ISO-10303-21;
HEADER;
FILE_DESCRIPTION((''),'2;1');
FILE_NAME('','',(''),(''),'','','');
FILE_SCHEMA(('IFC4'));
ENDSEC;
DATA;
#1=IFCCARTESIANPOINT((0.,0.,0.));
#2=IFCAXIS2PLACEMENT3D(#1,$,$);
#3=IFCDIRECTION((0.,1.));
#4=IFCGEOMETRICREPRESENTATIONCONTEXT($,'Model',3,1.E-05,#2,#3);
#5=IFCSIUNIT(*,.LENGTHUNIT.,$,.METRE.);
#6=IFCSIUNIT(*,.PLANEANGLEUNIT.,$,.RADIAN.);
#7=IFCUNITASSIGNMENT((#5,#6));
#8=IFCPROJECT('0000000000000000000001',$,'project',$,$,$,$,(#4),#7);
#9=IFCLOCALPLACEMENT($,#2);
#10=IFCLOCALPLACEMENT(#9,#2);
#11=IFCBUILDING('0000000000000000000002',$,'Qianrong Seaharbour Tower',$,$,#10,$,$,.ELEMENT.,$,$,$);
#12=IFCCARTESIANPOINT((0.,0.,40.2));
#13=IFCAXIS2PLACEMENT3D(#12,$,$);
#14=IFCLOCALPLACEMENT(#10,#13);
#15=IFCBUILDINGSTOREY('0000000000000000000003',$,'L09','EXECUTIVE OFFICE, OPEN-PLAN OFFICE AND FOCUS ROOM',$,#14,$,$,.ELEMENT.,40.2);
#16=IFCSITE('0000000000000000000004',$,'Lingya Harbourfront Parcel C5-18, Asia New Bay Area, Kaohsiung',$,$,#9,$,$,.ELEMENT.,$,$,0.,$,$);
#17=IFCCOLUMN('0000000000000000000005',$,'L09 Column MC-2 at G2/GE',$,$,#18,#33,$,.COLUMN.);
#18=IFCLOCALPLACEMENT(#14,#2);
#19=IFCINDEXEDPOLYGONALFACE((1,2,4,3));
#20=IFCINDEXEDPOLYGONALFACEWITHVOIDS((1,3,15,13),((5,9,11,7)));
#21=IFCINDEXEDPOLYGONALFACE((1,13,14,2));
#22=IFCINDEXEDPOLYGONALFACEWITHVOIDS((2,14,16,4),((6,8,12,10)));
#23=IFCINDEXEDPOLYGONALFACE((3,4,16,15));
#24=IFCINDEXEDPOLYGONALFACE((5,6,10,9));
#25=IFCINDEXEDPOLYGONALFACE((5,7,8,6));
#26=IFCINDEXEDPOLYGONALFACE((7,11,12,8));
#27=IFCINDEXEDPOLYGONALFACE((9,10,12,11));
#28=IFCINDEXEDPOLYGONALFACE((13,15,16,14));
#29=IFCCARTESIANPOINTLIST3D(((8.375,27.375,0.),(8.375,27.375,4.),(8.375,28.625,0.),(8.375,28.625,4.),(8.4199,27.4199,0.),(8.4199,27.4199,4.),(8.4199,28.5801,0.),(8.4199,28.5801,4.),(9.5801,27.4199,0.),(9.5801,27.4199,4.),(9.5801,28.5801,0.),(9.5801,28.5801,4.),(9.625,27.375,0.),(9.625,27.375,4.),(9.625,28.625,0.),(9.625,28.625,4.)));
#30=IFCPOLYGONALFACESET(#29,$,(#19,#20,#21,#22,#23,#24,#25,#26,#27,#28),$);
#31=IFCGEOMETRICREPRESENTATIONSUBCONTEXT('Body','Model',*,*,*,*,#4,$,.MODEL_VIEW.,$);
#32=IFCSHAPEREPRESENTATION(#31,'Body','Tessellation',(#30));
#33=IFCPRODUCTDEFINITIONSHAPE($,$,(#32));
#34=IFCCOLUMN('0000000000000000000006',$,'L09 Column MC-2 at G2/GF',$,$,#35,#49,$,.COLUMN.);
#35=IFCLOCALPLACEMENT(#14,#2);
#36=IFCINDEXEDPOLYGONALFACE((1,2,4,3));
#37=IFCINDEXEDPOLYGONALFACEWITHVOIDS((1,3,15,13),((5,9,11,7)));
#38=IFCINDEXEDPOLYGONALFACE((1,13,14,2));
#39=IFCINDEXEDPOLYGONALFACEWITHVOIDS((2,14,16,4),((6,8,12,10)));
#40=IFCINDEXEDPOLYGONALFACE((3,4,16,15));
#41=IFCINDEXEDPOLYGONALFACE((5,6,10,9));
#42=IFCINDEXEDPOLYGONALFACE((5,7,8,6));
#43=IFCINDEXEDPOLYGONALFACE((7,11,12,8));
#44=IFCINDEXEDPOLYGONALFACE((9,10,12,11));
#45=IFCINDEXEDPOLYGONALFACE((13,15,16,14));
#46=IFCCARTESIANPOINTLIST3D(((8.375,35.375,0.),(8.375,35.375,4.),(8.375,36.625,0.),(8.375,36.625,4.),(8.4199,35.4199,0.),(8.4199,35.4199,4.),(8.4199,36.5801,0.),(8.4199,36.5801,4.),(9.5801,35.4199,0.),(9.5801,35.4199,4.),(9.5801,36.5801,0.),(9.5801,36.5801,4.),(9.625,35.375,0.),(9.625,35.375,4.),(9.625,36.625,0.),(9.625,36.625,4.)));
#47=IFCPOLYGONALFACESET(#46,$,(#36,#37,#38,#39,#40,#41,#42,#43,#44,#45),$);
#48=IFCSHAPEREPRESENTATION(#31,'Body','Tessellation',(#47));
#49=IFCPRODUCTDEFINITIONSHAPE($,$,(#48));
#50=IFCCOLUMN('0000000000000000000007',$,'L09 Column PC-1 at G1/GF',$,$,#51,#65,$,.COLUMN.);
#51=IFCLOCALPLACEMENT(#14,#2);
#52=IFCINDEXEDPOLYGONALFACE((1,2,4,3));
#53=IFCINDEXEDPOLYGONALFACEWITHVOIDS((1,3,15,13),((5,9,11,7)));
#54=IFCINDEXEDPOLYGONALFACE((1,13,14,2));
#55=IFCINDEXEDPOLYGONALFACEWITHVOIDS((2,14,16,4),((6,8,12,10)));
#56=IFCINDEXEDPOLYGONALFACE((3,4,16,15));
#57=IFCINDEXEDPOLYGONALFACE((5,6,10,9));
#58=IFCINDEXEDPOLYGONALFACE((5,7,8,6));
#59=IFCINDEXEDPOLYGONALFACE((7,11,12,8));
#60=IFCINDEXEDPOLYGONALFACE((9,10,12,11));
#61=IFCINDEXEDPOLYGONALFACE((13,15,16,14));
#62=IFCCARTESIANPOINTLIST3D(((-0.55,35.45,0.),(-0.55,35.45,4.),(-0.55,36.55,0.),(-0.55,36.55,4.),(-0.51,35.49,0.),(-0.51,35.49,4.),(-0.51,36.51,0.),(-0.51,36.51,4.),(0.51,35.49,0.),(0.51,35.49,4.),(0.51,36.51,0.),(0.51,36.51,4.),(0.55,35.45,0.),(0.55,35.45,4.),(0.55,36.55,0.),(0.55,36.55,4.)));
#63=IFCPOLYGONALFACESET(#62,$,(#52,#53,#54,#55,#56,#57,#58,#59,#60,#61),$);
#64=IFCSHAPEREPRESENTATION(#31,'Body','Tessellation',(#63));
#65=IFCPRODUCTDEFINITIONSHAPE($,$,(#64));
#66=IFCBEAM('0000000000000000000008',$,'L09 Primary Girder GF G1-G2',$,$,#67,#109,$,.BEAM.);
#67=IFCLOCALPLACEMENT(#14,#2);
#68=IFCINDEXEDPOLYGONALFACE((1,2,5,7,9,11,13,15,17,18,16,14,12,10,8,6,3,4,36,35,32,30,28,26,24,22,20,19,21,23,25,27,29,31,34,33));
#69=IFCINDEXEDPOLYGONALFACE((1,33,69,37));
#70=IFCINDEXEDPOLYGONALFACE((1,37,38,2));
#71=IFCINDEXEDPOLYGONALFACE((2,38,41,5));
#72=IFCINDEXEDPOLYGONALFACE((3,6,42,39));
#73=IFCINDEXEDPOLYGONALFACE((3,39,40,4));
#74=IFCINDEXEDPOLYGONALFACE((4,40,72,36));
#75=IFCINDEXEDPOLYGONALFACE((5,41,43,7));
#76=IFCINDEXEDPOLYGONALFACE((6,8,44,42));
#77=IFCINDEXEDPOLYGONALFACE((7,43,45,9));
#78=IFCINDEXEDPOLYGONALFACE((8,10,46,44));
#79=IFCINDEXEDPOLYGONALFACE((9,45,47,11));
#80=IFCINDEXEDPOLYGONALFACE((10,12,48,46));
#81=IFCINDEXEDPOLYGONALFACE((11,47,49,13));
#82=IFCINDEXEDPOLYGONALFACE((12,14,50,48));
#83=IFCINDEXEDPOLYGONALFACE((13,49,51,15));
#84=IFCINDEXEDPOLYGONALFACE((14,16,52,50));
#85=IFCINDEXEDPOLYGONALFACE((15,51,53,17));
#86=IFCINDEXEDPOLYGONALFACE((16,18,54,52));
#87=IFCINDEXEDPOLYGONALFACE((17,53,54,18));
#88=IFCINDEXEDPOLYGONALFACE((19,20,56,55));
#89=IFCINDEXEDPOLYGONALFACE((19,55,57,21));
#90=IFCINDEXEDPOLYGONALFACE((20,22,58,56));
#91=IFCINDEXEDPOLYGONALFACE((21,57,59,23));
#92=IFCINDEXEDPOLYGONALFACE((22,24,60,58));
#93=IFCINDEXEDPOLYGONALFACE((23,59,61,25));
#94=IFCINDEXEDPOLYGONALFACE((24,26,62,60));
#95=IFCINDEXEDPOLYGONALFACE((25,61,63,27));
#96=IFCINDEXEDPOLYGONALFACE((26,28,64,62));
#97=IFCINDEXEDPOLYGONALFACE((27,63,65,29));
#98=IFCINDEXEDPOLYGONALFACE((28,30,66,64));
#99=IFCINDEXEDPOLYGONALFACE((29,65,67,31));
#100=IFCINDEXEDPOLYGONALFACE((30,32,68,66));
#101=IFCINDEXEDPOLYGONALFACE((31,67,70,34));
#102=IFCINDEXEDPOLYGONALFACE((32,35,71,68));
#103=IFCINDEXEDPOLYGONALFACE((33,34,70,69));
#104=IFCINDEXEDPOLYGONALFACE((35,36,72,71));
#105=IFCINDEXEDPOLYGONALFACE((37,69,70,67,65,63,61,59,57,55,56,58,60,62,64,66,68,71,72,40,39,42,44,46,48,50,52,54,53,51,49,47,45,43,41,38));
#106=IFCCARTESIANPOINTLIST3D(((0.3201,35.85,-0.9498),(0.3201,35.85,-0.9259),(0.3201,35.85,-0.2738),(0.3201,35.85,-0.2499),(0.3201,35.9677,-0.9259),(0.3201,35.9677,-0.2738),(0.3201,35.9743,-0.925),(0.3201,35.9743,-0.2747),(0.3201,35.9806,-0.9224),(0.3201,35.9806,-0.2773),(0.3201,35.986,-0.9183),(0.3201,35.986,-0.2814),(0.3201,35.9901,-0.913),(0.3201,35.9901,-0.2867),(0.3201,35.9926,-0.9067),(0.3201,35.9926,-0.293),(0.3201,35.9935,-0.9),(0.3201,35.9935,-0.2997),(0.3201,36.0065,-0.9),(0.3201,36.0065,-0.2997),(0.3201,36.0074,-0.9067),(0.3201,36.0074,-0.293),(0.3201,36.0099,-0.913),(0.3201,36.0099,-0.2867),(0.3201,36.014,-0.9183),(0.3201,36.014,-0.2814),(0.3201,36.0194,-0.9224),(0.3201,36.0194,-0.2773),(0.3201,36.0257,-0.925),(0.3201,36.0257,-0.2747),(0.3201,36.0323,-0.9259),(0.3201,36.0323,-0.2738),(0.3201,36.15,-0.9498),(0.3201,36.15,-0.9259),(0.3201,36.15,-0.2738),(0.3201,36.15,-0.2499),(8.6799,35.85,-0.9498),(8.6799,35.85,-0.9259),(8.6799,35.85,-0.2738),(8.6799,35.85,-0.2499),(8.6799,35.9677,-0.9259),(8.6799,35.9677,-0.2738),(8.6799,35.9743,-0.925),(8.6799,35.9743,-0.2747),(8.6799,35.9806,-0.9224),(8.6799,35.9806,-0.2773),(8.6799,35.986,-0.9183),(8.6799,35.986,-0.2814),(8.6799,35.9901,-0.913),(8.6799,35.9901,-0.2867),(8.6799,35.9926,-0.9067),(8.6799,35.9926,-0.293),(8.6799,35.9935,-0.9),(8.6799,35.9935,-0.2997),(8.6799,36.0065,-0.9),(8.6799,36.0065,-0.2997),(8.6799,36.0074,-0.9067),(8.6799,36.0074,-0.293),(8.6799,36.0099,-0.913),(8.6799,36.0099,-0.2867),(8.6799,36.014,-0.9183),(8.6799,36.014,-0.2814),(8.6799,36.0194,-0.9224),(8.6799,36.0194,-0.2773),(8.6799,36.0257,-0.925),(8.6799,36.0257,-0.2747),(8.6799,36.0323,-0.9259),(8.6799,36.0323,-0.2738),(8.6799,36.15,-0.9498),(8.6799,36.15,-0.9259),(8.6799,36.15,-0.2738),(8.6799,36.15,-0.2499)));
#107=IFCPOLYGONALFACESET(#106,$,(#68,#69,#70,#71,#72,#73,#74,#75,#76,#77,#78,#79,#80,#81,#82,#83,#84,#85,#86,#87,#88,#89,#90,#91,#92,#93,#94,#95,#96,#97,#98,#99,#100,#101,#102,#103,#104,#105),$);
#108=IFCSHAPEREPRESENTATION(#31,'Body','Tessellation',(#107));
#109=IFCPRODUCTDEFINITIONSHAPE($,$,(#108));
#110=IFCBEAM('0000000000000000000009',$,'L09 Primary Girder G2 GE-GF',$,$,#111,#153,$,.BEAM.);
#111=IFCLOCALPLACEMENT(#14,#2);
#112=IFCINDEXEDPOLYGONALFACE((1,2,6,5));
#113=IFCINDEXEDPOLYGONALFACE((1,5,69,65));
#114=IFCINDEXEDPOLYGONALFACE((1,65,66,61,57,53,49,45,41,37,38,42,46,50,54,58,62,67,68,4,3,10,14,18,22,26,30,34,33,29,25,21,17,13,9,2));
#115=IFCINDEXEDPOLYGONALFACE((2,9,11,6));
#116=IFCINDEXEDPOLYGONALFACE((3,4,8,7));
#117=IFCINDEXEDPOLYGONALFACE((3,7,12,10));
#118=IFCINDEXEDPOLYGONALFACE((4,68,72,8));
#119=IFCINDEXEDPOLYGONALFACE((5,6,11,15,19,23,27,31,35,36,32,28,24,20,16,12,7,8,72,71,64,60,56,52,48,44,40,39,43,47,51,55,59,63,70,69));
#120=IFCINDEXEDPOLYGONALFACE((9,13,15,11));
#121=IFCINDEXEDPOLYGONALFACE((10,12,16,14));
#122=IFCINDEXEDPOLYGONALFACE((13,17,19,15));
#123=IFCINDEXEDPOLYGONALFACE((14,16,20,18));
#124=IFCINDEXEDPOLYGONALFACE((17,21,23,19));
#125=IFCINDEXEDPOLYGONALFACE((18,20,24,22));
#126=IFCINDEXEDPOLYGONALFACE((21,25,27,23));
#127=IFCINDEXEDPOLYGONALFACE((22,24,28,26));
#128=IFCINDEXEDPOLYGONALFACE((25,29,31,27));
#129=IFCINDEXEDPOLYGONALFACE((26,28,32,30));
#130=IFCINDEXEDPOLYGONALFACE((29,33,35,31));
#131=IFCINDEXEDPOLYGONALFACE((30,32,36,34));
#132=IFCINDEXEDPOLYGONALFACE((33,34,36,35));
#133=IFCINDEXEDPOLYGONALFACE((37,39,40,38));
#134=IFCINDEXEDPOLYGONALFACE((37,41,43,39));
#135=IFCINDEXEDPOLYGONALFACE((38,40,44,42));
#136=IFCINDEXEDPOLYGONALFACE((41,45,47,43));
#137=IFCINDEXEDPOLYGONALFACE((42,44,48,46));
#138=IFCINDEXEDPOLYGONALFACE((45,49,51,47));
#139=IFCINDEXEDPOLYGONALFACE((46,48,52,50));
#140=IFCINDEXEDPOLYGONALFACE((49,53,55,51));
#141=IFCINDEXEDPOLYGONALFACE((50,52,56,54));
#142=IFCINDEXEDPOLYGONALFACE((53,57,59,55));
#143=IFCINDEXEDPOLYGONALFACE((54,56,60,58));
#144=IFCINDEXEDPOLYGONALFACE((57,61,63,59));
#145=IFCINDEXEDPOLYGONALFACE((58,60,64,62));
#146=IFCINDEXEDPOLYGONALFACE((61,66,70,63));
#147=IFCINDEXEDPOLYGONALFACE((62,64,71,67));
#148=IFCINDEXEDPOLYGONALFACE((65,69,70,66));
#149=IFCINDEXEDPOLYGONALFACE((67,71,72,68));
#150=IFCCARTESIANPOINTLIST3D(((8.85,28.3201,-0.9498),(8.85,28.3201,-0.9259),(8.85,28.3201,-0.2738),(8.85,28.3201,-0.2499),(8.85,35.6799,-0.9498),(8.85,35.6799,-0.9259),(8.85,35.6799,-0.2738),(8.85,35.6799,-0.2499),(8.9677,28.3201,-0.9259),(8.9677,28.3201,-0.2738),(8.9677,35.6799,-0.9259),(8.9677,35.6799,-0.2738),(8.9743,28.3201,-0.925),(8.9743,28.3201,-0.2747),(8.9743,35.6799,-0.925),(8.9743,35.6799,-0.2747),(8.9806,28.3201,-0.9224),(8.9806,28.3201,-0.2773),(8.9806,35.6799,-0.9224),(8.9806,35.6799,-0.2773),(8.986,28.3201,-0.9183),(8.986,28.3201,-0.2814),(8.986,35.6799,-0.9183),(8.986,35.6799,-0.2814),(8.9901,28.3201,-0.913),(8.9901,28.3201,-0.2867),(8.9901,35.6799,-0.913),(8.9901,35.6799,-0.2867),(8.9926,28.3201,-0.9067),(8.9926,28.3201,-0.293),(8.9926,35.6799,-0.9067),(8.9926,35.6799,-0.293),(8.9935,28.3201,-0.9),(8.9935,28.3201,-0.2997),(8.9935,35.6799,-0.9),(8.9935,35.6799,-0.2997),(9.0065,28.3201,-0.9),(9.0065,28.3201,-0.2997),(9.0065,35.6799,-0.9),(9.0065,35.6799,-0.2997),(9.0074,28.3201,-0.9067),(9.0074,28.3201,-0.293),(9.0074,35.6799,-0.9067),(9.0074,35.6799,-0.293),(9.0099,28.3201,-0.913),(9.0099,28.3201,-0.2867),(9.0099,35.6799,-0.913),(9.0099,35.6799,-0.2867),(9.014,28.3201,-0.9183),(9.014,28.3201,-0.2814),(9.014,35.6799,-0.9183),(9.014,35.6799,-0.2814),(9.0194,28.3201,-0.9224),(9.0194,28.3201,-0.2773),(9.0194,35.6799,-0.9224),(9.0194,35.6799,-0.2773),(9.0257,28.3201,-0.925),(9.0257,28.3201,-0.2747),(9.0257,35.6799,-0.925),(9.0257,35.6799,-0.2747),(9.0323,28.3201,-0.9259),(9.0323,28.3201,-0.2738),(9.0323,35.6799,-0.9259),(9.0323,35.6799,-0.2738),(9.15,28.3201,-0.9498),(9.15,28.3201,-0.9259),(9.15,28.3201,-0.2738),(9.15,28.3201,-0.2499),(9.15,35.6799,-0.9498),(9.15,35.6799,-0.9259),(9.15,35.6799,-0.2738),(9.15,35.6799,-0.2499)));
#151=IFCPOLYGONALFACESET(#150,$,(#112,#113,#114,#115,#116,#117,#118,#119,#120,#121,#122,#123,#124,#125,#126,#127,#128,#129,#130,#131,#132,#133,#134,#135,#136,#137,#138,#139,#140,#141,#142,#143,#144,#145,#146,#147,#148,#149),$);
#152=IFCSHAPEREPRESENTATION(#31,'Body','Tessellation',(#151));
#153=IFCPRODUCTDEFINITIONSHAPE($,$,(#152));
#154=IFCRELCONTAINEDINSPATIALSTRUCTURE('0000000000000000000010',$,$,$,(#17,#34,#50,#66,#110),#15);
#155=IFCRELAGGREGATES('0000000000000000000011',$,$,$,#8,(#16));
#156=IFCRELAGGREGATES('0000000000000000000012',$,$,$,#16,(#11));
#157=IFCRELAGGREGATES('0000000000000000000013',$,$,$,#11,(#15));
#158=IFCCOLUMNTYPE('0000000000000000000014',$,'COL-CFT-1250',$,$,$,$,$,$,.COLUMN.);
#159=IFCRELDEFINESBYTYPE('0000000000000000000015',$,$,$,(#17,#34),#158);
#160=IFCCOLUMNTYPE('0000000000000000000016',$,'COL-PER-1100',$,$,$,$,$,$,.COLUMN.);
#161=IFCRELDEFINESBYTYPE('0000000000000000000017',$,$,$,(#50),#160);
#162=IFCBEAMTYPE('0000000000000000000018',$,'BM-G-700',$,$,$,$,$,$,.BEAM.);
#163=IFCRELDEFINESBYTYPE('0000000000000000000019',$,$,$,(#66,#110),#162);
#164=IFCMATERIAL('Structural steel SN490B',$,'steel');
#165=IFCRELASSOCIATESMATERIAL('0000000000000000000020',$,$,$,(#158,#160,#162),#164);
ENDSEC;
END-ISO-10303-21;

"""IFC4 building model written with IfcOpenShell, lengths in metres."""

from ifc_helpers import new_model, si_unit, direction, frame, origin, origin_2d, place, context, subcontext, project, spatial, hollow_rectangle, i_section, extrude, material, material_profile, profile_set, type_object, element, save


model = new_model("IFC4")

# Units and contexts
model_context = context("Model", 3, precision=1e-05, world=origin(), true_north=direction((0.0, 1.0)))
body_context = subcontext(model_context, "Body", "Model", "MODEL_VIEW")
ifc_project = project(units=[si_unit("LENGTHUNIT", "METRE"), si_unit("PLANEANGLEUNIT", "RADIAN")], contexts=[model_context])

# Site, building, storey
site_placement = place(None, origin())
site = spatial("IfcSite", under=ifc_project, at=site_placement, Name="Lingya Harbourfront Parcel C5-18, Asia New Bay Area, Kaohsiung", CompositionType="ELEMENT", RefElevation=0.0)
building_placement = place(site_placement, origin())
building = spatial("IfcBuilding", under=site, at=building_placement, Name="Qianrong Seaharbour Tower", CompositionType="ELEMENT")
storey_placement = place(building_placement, frame((0.0, 0.0, 40.2)))
storey = spatial("IfcBuildingStorey", under=building, at=storey_placement, Name="L09", Description="EXECUTIVE OFFICE, OPEN-PLAN OFFICE AND FOCUS ROOM", CompositionType="ELEMENT", Elevation=40.2)

# Columns
ifc_material_1 = material(Name="Structural steel SN490B", Category="steel")
ifc_material_profile_1 = material_profile(ifc_material_1, hollow_rectangle(XDim=1.25, YDim=1.25, WallThickness=0.0449, at=origin_2d()), Name="BOX1250x1250x45")
ifc_profile_set_1 = profile_set([ifc_material_profile_1], Name="Structural steel SN490B")
column_type_1 = type_object("IfcColumnType", Name="COL-CFT-1250", PredefinedType="COLUMN", material=ifc_profile_set_1)
for number, where, z_axis, x_axis, name in (
    (1, (9.0, 28.0, 0.0), (0.0, 0.0, 1.0), (1.0, 0.0, 0.0), "L09 Column MC-2 at G2/GE"),
    (2, (9.0, 36.0, 0.0), (0.0, 0.0, 1.0), (1.0, 0.0, 0.0), "L09 Column MC-2 at G2/GF"),
):
    element("IfcColumn", number, at=place(storey_placement, frame(where, z_axis=z_axis, x_axis=x_axis)), inside=storey, type_object=column_type_1, Name=name, PredefinedType="COLUMN", context=body_context, shape_type="SweptSolid", body=[
        extrude(hollow_rectangle(XDim=1.25, YDim=1.25, WallThickness=0.0449, at=origin_2d()), origin(), (0.0, 0.0, 1.0), 4.0),
    ])
ifc_material_profile_2 = material_profile(ifc_material_1, hollow_rectangle(XDim=1.1001, YDim=1.1001, WallThickness=0.04, at=origin_2d()), Name="BOX1100x1100x40")
ifc_profile_set_2 = profile_set([ifc_material_profile_2], Name="Structural steel SN490B")
column_type_2 = type_object("IfcColumnType", Name="COL-PER-1100", PredefinedType="COLUMN", material=ifc_profile_set_2)
column_placement = place(storey_placement, frame((0.0, 36.0, 0.0), z_axis=(0.0, 0.0, 1.0), x_axis=(1.0, 0.0, 0.0)))
element("IfcColumn", 3, at=column_placement, inside=storey, type_object=column_type_2, Name="L09 Column PC-1 at G1/GF", PredefinedType="COLUMN", context=body_context, shape_type="SweptSolid", body=[
    extrude(hollow_rectangle(XDim=1.1001, YDim=1.1001, WallThickness=0.04, at=origin_2d()), origin(), (0.0, 0.0, 1.0), 4.0),
])

# Beams
ifc_material_profile_3 = material_profile(ifc_material_1, i_section(OverallWidth=0.3, OverallDepth=0.7, WebThickness=0.0129, FlangeThickness=0.0239, FilletRadius=0.0259, at=origin_2d()), Name="H700x300x13x24")
ifc_profile_set_3 = profile_set([ifc_material_profile_3], Name="Structural steel SN490B")
beam_type_1 = type_object("IfcBeamType", Name="BM-G-700", PredefinedType="BEAM", material=ifc_profile_set_3)
beam_1_placement = place(storey_placement, frame((0.3201, 36.0, -0.5999), z_axis=(1.0, 0.0, 0.0), x_axis=(0.0, 1.0, 0.0)))
element("IfcBeam", 4, at=beam_1_placement, inside=storey, type_object=beam_type_1, Name="L09 Primary Girder GF G1-G2", PredefinedType="BEAM", context=body_context, shape_type="SweptSolid", body=[
    extrude(i_section(OverallWidth=0.3, OverallDepth=0.7, WebThickness=0.0129, FlangeThickness=0.0239, FilletRadius=0.0259, at=origin_2d()), origin(), (0.0, 0.0, 1.0), 8.3599),
])
beam_2_placement = place(storey_placement, frame((9.0, 28.3201, -0.5999), z_axis=(0.0, 1.0, 0.0), x_axis=(-1.0, 0.0, 0.0)))
element("IfcBeam", 5, at=beam_2_placement, inside=storey, type_object=beam_type_1, Name="L09 Primary Girder G2 GE-GF", PredefinedType="BEAM", context=body_context, shape_type="SweptSolid", body=[
    extrude(i_section(OverallWidth=0.3, OverallDepth=0.7, WebThickness=0.0129, FlangeThickness=0.0239, FilletRadius=0.0259, at=origin_2d()), origin(), (0.0, 0.0, 1.0), 7.3599),
])

save(model, "model.ifc")
